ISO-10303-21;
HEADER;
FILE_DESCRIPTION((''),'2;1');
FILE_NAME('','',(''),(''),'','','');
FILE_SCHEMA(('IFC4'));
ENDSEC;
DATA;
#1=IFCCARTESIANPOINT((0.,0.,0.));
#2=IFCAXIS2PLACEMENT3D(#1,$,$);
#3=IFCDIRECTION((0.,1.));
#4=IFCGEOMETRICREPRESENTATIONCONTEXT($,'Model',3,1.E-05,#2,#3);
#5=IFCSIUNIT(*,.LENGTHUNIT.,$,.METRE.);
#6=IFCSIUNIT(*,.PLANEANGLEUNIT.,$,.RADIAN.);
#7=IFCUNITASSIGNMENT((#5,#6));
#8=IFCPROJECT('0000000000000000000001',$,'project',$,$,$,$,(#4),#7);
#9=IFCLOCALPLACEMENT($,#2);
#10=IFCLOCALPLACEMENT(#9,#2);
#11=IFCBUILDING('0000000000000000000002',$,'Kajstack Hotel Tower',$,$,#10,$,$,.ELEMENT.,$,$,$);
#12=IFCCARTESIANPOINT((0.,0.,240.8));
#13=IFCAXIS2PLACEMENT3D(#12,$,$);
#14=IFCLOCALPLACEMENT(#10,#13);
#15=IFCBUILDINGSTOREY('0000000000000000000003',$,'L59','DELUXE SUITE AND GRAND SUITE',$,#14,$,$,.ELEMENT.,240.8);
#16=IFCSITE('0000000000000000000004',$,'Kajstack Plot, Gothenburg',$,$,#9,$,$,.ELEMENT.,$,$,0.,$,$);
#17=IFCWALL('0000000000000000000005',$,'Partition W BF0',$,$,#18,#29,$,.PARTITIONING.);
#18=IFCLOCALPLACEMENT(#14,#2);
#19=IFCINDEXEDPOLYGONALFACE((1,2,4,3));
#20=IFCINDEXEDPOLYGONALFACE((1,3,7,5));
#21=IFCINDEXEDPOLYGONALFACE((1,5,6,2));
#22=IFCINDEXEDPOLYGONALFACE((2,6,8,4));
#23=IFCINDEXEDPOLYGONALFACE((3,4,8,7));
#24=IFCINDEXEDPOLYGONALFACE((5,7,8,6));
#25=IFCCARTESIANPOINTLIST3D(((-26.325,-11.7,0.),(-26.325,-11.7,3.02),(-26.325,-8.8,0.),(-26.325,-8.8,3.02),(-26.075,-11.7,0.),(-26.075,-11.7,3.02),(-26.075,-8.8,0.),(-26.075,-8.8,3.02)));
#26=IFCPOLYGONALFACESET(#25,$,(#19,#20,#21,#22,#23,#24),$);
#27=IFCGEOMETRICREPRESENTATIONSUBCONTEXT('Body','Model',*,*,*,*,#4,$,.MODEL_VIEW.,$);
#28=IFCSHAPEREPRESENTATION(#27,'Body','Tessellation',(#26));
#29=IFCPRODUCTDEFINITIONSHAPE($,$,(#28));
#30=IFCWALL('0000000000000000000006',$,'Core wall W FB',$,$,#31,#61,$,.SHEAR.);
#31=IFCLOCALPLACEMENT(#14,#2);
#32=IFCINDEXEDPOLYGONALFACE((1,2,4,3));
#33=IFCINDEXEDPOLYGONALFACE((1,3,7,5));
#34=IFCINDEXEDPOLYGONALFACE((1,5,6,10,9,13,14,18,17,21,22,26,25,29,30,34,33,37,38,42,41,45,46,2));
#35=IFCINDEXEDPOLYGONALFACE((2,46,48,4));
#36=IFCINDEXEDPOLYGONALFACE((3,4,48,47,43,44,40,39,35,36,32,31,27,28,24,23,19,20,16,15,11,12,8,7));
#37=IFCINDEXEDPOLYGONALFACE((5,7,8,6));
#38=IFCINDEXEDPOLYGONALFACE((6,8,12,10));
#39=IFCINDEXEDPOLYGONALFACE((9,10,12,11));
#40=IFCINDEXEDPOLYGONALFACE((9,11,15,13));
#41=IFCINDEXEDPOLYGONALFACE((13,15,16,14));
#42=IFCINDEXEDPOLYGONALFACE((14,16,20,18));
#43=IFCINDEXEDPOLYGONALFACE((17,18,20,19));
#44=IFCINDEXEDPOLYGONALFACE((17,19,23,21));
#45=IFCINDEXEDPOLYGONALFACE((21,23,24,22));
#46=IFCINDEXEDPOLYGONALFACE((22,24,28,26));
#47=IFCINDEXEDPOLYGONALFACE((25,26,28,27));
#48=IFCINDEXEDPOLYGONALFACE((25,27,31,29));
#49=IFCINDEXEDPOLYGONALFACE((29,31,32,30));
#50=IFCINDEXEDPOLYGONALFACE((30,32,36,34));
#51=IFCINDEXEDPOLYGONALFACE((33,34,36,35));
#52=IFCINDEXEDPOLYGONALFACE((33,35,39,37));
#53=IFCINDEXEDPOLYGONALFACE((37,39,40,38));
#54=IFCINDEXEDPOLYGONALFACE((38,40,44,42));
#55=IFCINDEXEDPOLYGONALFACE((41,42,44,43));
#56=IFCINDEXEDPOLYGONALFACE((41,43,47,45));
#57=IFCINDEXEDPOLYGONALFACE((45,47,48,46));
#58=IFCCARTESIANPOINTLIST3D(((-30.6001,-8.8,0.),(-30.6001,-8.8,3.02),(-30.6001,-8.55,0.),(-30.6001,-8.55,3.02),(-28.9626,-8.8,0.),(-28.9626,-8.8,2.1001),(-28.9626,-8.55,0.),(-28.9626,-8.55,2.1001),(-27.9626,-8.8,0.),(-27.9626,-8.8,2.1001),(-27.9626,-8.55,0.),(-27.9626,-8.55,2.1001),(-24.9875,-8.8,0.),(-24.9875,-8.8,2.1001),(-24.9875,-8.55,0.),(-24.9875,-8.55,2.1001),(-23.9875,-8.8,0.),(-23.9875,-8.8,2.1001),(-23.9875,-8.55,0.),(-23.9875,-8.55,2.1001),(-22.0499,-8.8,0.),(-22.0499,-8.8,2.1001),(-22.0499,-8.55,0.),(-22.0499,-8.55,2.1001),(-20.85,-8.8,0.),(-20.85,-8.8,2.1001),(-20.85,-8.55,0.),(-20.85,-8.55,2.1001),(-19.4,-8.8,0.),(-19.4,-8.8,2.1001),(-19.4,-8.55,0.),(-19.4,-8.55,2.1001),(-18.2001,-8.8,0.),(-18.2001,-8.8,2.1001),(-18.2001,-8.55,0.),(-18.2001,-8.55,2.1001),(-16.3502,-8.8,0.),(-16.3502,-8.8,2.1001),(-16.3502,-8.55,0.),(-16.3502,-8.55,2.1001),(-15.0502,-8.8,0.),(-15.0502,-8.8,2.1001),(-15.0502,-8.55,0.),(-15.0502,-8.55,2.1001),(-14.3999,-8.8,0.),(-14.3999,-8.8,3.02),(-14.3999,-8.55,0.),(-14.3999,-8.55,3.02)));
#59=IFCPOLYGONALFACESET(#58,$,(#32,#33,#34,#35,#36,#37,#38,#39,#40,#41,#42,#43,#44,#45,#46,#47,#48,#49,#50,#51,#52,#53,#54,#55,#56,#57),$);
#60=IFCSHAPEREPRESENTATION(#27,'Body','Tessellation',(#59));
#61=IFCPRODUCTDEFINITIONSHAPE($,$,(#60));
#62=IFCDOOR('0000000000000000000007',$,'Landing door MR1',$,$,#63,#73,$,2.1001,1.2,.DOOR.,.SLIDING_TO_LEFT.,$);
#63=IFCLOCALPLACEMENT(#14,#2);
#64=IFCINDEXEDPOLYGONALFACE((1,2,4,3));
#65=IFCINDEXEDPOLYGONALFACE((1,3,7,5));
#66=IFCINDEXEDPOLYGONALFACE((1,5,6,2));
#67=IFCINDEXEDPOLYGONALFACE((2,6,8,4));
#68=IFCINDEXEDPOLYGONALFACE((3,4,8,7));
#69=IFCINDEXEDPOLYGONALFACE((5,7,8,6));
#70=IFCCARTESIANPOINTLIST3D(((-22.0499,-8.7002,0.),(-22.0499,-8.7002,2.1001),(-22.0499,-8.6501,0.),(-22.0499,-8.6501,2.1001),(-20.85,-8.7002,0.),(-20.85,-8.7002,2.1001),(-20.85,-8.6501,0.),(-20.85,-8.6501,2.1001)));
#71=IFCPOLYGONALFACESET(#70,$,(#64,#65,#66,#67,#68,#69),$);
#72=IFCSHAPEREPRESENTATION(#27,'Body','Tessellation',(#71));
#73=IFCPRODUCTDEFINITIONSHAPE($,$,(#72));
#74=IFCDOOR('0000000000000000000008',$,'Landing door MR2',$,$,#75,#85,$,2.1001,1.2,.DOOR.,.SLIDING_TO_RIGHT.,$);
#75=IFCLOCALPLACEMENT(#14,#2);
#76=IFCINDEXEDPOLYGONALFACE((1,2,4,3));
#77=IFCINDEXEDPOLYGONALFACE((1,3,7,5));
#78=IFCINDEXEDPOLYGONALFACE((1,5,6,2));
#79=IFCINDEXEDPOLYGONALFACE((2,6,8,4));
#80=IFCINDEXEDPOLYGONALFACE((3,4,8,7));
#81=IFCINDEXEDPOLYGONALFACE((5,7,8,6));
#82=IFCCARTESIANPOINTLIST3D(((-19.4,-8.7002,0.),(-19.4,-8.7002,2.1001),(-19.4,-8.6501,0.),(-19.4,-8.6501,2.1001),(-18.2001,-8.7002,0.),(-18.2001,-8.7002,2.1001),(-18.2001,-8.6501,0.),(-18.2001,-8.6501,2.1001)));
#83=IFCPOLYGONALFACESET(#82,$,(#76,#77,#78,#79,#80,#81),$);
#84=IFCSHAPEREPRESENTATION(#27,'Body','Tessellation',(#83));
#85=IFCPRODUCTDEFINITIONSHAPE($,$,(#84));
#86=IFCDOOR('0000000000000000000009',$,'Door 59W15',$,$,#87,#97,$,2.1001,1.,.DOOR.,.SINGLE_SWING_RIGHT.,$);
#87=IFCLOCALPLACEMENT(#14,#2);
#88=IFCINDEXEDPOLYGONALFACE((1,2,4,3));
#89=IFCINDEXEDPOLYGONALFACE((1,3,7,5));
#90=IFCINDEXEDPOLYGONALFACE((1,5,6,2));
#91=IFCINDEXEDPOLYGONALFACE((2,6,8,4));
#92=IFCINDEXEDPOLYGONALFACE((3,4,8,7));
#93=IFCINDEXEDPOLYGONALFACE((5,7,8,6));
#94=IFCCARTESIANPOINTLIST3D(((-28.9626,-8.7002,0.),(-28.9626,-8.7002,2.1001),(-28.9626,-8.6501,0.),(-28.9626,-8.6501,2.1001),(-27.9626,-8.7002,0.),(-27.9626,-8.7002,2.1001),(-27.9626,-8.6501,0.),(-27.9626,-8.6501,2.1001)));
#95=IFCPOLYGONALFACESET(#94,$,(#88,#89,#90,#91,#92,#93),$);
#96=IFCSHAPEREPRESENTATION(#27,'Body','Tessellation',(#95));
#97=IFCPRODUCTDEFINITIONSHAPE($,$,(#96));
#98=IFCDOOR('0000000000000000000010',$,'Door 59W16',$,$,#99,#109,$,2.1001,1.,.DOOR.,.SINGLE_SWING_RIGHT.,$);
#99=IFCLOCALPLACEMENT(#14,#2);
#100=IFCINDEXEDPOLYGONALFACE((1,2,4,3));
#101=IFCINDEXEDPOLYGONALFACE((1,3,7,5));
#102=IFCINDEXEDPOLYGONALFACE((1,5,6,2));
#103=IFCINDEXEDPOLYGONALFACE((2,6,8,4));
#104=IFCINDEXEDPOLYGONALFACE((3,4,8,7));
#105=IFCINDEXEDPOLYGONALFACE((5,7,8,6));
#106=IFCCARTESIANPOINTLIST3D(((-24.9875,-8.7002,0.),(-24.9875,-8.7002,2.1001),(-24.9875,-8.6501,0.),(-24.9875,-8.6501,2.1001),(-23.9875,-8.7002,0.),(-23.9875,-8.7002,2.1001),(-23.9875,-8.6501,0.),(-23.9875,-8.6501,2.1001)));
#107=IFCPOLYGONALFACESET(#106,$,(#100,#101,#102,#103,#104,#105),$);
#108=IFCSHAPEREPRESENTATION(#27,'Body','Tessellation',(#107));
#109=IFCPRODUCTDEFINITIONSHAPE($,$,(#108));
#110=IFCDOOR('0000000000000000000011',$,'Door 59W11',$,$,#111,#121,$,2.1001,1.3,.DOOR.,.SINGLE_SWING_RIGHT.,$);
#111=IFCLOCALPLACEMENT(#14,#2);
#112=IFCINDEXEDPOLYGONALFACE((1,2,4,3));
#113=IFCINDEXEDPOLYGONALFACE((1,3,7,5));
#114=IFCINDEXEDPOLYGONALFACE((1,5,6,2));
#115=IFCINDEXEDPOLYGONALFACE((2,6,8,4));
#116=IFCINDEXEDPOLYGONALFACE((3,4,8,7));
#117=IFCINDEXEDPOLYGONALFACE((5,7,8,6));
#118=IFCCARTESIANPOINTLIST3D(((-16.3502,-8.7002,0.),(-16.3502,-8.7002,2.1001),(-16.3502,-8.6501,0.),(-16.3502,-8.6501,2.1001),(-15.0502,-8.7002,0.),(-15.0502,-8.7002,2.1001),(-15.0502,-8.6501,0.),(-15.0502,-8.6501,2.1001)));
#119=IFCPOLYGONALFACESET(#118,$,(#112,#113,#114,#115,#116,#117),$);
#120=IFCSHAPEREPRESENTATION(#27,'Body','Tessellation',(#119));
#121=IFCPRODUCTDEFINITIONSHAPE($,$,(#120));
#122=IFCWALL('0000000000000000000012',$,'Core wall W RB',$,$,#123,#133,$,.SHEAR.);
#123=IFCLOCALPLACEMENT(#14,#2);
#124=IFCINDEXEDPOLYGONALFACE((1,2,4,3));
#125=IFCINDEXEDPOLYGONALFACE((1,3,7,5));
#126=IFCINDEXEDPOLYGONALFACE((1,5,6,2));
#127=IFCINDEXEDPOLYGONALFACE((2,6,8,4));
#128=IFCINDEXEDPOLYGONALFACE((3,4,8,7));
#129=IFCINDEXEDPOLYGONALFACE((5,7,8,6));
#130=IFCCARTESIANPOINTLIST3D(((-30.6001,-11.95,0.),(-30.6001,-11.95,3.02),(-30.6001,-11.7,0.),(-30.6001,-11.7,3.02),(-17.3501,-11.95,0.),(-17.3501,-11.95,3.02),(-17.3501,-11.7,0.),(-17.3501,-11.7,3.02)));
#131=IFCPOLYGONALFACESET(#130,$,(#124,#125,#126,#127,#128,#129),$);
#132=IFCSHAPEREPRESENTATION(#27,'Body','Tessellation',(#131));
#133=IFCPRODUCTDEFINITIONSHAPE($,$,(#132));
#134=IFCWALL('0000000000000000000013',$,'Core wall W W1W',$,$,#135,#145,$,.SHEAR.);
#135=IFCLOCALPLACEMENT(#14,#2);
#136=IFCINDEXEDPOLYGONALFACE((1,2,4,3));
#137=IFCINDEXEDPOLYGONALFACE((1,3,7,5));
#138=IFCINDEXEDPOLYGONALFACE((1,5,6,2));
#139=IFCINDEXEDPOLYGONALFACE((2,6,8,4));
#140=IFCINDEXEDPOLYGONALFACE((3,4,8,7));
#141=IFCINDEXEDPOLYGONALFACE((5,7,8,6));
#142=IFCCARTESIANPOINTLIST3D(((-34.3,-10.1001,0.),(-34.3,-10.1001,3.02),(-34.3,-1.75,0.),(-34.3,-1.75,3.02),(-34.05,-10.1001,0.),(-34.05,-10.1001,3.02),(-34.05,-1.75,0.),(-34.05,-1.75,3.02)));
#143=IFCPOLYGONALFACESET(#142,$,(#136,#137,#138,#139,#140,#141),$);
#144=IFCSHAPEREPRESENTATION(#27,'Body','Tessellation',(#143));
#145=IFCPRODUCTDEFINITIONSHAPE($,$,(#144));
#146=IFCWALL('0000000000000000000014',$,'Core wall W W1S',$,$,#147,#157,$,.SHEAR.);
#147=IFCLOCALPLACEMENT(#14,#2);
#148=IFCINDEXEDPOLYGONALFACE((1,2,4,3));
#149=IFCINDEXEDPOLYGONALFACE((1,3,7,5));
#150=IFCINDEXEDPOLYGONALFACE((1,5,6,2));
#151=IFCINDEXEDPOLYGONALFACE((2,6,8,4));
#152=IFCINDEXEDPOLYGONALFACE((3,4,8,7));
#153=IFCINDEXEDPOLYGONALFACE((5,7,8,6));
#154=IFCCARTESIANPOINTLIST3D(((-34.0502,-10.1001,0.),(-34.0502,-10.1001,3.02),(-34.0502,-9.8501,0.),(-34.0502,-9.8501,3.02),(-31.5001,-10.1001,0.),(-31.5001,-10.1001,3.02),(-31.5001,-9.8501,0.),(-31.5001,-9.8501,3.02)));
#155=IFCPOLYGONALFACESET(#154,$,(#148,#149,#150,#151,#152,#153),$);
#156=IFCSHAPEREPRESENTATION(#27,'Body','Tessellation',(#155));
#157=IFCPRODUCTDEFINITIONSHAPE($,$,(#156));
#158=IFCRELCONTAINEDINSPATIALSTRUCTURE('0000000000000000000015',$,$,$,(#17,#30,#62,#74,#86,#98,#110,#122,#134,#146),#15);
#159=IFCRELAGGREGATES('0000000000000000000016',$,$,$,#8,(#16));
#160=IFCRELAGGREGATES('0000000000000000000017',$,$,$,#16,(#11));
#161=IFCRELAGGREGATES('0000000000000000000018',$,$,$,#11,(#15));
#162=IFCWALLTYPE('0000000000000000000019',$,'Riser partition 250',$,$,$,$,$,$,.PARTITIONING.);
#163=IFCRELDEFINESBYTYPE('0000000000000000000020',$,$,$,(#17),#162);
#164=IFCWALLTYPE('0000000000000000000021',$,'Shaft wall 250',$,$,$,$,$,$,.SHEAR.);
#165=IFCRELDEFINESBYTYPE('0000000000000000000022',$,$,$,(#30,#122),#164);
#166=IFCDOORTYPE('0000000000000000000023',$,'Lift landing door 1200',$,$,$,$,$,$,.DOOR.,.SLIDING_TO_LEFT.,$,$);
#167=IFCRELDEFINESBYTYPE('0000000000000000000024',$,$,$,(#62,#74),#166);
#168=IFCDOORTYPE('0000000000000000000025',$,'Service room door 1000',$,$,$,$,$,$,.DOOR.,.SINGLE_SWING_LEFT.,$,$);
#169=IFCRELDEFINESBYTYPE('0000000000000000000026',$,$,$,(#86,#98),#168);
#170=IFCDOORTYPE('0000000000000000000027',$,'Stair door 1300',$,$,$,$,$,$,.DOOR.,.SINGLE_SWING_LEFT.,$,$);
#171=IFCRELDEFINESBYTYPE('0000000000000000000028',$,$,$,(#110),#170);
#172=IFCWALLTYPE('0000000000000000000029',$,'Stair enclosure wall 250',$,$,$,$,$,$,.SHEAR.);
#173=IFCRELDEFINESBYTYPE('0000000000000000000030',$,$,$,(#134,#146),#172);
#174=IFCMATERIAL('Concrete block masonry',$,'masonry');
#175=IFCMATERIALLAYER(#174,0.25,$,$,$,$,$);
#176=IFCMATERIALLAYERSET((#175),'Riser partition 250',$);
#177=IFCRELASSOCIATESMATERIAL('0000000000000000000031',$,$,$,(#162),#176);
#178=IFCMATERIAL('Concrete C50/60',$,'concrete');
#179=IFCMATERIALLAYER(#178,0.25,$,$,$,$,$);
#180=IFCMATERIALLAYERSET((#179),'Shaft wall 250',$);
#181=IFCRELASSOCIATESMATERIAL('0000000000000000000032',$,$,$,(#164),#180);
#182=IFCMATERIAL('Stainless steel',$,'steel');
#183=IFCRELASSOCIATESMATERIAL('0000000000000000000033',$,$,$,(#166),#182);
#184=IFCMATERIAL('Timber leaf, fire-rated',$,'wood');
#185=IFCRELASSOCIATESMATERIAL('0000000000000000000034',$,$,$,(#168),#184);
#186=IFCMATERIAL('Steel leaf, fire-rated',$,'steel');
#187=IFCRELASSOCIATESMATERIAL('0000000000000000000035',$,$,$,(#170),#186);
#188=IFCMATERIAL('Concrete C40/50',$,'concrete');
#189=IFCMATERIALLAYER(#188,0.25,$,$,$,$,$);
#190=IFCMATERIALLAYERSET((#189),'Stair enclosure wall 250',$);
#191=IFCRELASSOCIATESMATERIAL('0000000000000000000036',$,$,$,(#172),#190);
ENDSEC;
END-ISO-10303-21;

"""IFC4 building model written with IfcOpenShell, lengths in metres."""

from ifc_helpers import new_model, si_unit, direction, frame, frame_2d, origin, place, context, subcontext, project, spatial, rectangle, extrude, material, layer, layer_set, type_object, element, fill, save


model = new_model("IFC4")

# Units and contexts
model_context = context("Model", 3, precision=1e-05, world=origin(), true_north=direction((0.0, 1.0)))
body_context = subcontext(model_context, "Body", "Model", "MODEL_VIEW")
ifc_project = project(units=[si_unit("LENGTHUNIT", "METRE"), si_unit("PLANEANGLEUNIT", "RADIAN")], contexts=[model_context])

# Site, building, storey
site_placement = place(None, origin())
site = spatial("IfcSite", under=ifc_project, at=site_placement, Name="Kajstack Plot, Gothenburg", CompositionType="ELEMENT", RefElevation=0.0)
building_placement = place(site_placement, origin())
building = spatial("IfcBuilding", under=site, at=building_placement, Name="Kajstack Hotel Tower", CompositionType="ELEMENT")
storey_placement = place(building_placement, frame((0.0, 0.0, 240.8)))
storey = spatial("IfcBuildingStorey", under=building, at=storey_placement, Name="L59", Description="DELUXE SUITE AND GRAND SUITE", CompositionType="ELEMENT", Elevation=240.8)

# Wall
ifc_material_1 = material(Name="Concrete block masonry", Category="masonry")
ifc_layer_1 = layer(ifc_material_1, 0.25)
ifc_layer_set_1 = layer_set([ifc_layer_1], Name="Riser partition 250")
wall_type_1 = type_object("IfcWallType", Name="Riser partition 250", PredefinedType="PARTITIONING", material=ifc_layer_set_1)
wall_1_placement = place(storey_placement, frame((-26.2, -11.7, 0.0), z_axis=(0.0, 0.0, 1.0), x_axis=(0.0, 1.0, 0.0)))
element("IfcWall", 1, at=wall_1_placement, inside=storey, type_object=wall_type_1, Name="Partition W BF0", PredefinedType="PARTITIONING", context=body_context, shape_type="SweptSolid", body=[
    extrude(rectangle(XDim=2.8999, YDim=0.25, at=frame_2d((1.45, 0.0))), origin(), (0.0, 0.0, 1.0), 3.02),
])

# Wall, openings, doors
ifc_material_2 = material(Name="Concrete C50/60", Category="concrete")
ifc_layer_2 = layer(ifc_material_2, 0.25)
ifc_layer_set_2 = layer_set([ifc_layer_2], Name="Shaft wall 250")
wall_type_2 = type_object("IfcWallType", Name="Shaft wall 250", PredefinedType="SHEAR", material=ifc_layer_set_2)
wall_2_placement = place(storey_placement, frame((-30.6001, -8.675, 0.0), z_axis=(0.0, 0.0, 1.0), x_axis=(1.0, 0.0, 0.0)))
wall_2 = element("IfcWall", 2, at=wall_2_placement, inside=storey, type_object=wall_type_2, Name="Core wall W FB", PredefinedType="SHEAR", context=body_context, shape_type="SweptSolid", body=[
    extrude(rectangle(XDim=16.2002, YDim=0.25, at=frame_2d((8.1001, 0.0))), origin(), (0.0, 0.0, 1.0), 3.02),
])
opening_1_placement = place(wall_2_placement, frame((8.55, 0.0, 0.0)))
opening_1 = element("IfcOpeningElement", 3, at=opening_1_placement, cuts=wall_2, PredefinedType="OPENING", context=body_context, shape_type="SweptSolid", body=[
    extrude(rectangle(XDim=1.2, YDim=2.1001, at=frame_2d((0.6001, 1.05))), frame((0.0, 0.135, 0.0), z_axis=(0.0, -1.0, 0.0), x_axis=(1.0, 0.0, 0.0)), (0.0, 0.0, 1.0), 0.27),
])
opening_2_placement = place(wall_2_placement, frame((11.2, 0.0, 0.0)))
opening_2 = element("IfcOpeningElement", 4, at=opening_2_placement, cuts=wall_2, PredefinedType="OPENING", context=body_context, shape_type="SweptSolid", body=[
    extrude(rectangle(XDim=1.2, YDim=2.1001, at=frame_2d((0.6001, 1.05))), frame((0.0, 0.135, 0.0), z_axis=(0.0, -1.0, 0.0), x_axis=(1.0, 0.0, 0.0)), (0.0, 0.0, 1.0), 0.27),
])
opening_3_placement = place(wall_2_placement, frame((14.25, 0.0, 0.0)))
opening_3 = element("IfcOpeningElement", 5, at=opening_3_placement, cuts=wall_2, PredefinedType="OPENING", context=body_context, shape_type="SweptSolid", body=[
    extrude(rectangle(XDim=1.3, YDim=2.1001, at=frame_2d((0.6499, 1.05))), frame((0.0, 0.135, 0.0), z_axis=(0.0, -1.0, 0.0), x_axis=(1.0, 0.0, 0.0)), (0.0, 0.0, 1.0), 0.27),
])
opening_4_placement = place(wall_2_placement, frame((1.6375, 0.0, 0.0)))
opening_4 = element("IfcOpeningElement", 6, at=opening_4_placement, cuts=wall_2, PredefinedType="OPENING", context=body_context, shape_type="SweptSolid", body=[
    extrude(rectangle(XDim=1.0, YDim=2.1001, at=frame_2d((0.5, 1.05))), frame((0.0, 0.135, 0.0), z_axis=(0.0, -1.0, 0.0), x_axis=(1.0, 0.0, 0.0)), (0.0, 0.0, 1.0), 0.27),
])
opening_5_placement = place(wall_2_placement, frame((5.6125, 0.0, 0.0)))
opening_5 = element("IfcOpeningElement", 7, at=opening_5_placement, cuts=wall_2, PredefinedType="OPENING", context=body_context, shape_type="SweptSolid", body=[
    extrude(rectangle(XDim=1.0, YDim=2.1001, at=frame_2d((0.5, 1.05))), frame((0.0, 0.135, 0.0), z_axis=(0.0, -1.0, 0.0), x_axis=(1.0, 0.0, 0.0)), (0.0, 0.0, 1.0), 0.27),
])
ifc_material_3 = material(Name="Stainless steel", Category="steel")
door_type_1 = type_object("IfcDoorType", Name="Lift landing door 1200", OperationType="SLIDING_TO_LEFT", PredefinedType="DOOR", material=ifc_material_3)
door_1_placement = place(opening_1_placement, origin())
door_1 = element("IfcDoor", 8, at=door_1_placement, inside=storey, type_object=door_type_1, Name="Landing door MR1", OperationType="SLIDING_TO_LEFT", OverallHeight=2.1001, OverallWidth=1.2, PredefinedType="DOOR", context=body_context, shape_type="SweptSolid", body=[
    extrude(rectangle(XDim=1.2, YDim=2.1001, at=frame_2d((0.6001, 1.05))), frame((0.0, 0.0249, 0.0), z_axis=(0.0, -1.0, 0.0), x_axis=(1.0, 0.0, 0.0)), (0.0, 0.0, 1.0), 0.05),
])
fill(opening_1, door_1)
door_2_placement = place(opening_2_placement, origin())
door_2 = element("IfcDoor", 9, at=door_2_placement, inside=storey, type_object=door_type_1, Name="Landing door MR2", OperationType="SLIDING_TO_RIGHT", OverallHeight=2.1001, OverallWidth=1.2, PredefinedType="DOOR", context=body_context, shape_type="SweptSolid", body=[
    extrude(rectangle(XDim=1.2, YDim=2.1001, at=frame_2d((0.6001, 1.05))), frame((0.0, 0.0249, 0.0), z_axis=(0.0, -1.0, 0.0), x_axis=(1.0, 0.0, 0.0)), (0.0, 0.0, 1.0), 0.05),
])
fill(opening_2, door_2)
ifc_material_4 = material(Name="Timber leaf, fire-rated", Category="wood")
door_type_2 = type_object("IfcDoorType", Name="Service room door 1000", OperationType="SINGLE_SWING_LEFT", PredefinedType="DOOR", material=ifc_material_4)
door_3_placement = place(opening_4_placement, origin())
door_3 = element("IfcDoor", 10, at=door_3_placement, inside=storey, type_object=door_type_2, Name="Door 59W15", OperationType="SINGLE_SWING_RIGHT", OverallHeight=2.1001, OverallWidth=1.0, PredefinedType="DOOR", context=body_context, shape_type="SweptSolid", body=[
    extrude(rectangle(XDim=1.0, YDim=2.1001, at=frame_2d((0.5, 1.05))), frame((0.0, 0.0249, 0.0), z_axis=(0.0, -1.0, 0.0), x_axis=(1.0, 0.0, 0.0)), (0.0, 0.0, 1.0), 0.05),
])
fill(opening_4, door_3)
door_4_placement = place(opening_5_placement, origin())
door_4 = element("IfcDoor", 11, at=door_4_placement, inside=storey, type_object=door_type_2, Name="Door 59W16", OperationType="SINGLE_SWING_RIGHT", OverallHeight=2.1001, OverallWidth=1.0, PredefinedType="DOOR", context=body_context, shape_type="SweptSolid", body=[
    extrude(rectangle(XDim=1.0, YDim=2.1001, at=frame_2d((0.5, 1.05))), frame((0.0, 0.0249, 0.0), z_axis=(0.0, -1.0, 0.0), x_axis=(1.0, 0.0, 0.0)), (0.0, 0.0, 1.0), 0.05),
])
fill(opening_5, door_4)
ifc_material_5 = material(Name="Steel leaf, fire-rated", Category="steel")
door_type_3 = type_object("IfcDoorType", Name="Stair door 1300", OperationType="SINGLE_SWING_LEFT", PredefinedType="DOOR", material=ifc_material_5)
door_5_placement = place(opening_3_placement, origin())
door_5 = element("IfcDoor", 12, at=door_5_placement, inside=storey, type_object=door_type_3, Name="Door 59W11", OperationType="SINGLE_SWING_RIGHT", OverallHeight=2.1001, OverallWidth=1.3, PredefinedType="DOOR", context=body_context, shape_type="SweptSolid", body=[
    extrude(rectangle(XDim=1.3, YDim=2.1001, at=frame_2d((0.6499, 1.05))), frame((0.0, 0.0249, 0.0), z_axis=(0.0, -1.0, 0.0), x_axis=(1.0, 0.0, 0.0)), (0.0, 0.0, 1.0), 0.05),
])
fill(opening_3, door_5)

# Walls
wall_3_placement = place(storey_placement, frame((-30.6001, -11.825, 0.0), z_axis=(0.0, 0.0, 1.0), x_axis=(1.0, 0.0, 0.0)))
element("IfcWall", 13, at=wall_3_placement, inside=storey, type_object=wall_type_2, Name="Core wall W RB", PredefinedType="SHEAR", context=body_context, shape_type="SweptSolid", body=[
    extrude(rectangle(XDim=13.25, YDim=0.25, at=frame_2d((6.625, 0.0))), origin(), (0.0, 0.0, 1.0), 3.02),
])
ifc_material_6 = material(Name="Concrete C40/50", Category="concrete")
ifc_layer_3 = layer(ifc_material_6, 0.25)
ifc_layer_set_3 = layer_set([ifc_layer_3], Name="Stair enclosure wall 250")
wall_type_3 = type_object("IfcWallType", Name="Stair enclosure wall 250", PredefinedType="SHEAR", material=ifc_layer_set_3)
wall_4_placement = place(storey_placement, frame((-34.175, -10.1001, 0.0), z_axis=(0.0, 0.0, 1.0), x_axis=(0.0, 1.0, 0.0)))
element("IfcWall", 14, at=wall_4_placement, inside=storey, type_object=wall_type_3, Name="Core wall W W1W", PredefinedType="SHEAR", context=body_context, shape_type="SweptSolid", body=[
    extrude(rectangle(XDim=8.3501, YDim=0.25, at=frame_2d((4.175, 0.0))), origin(), (0.0, 0.0, 1.0), 3.02),
])
wall_5_placement = place(storey_placement, frame((-34.05, -9.9751, 0.0), z_axis=(0.0, 0.0, 1.0), x_axis=(1.0, 0.0, 0.0)))
element("IfcWall", 15, at=wall_5_placement, inside=storey, type_object=wall_type_3, Name="Core wall W W1S", PredefinedType="SHEAR", context=body_context, shape_type="SweptSolid", body=[
    extrude(rectangle(XDim=2.55, YDim=0.25, at=frame_2d((1.2749, 0.0))), origin(), (0.0, 0.0, 1.0), 3.02),
])

save(model, "model.ifc")
